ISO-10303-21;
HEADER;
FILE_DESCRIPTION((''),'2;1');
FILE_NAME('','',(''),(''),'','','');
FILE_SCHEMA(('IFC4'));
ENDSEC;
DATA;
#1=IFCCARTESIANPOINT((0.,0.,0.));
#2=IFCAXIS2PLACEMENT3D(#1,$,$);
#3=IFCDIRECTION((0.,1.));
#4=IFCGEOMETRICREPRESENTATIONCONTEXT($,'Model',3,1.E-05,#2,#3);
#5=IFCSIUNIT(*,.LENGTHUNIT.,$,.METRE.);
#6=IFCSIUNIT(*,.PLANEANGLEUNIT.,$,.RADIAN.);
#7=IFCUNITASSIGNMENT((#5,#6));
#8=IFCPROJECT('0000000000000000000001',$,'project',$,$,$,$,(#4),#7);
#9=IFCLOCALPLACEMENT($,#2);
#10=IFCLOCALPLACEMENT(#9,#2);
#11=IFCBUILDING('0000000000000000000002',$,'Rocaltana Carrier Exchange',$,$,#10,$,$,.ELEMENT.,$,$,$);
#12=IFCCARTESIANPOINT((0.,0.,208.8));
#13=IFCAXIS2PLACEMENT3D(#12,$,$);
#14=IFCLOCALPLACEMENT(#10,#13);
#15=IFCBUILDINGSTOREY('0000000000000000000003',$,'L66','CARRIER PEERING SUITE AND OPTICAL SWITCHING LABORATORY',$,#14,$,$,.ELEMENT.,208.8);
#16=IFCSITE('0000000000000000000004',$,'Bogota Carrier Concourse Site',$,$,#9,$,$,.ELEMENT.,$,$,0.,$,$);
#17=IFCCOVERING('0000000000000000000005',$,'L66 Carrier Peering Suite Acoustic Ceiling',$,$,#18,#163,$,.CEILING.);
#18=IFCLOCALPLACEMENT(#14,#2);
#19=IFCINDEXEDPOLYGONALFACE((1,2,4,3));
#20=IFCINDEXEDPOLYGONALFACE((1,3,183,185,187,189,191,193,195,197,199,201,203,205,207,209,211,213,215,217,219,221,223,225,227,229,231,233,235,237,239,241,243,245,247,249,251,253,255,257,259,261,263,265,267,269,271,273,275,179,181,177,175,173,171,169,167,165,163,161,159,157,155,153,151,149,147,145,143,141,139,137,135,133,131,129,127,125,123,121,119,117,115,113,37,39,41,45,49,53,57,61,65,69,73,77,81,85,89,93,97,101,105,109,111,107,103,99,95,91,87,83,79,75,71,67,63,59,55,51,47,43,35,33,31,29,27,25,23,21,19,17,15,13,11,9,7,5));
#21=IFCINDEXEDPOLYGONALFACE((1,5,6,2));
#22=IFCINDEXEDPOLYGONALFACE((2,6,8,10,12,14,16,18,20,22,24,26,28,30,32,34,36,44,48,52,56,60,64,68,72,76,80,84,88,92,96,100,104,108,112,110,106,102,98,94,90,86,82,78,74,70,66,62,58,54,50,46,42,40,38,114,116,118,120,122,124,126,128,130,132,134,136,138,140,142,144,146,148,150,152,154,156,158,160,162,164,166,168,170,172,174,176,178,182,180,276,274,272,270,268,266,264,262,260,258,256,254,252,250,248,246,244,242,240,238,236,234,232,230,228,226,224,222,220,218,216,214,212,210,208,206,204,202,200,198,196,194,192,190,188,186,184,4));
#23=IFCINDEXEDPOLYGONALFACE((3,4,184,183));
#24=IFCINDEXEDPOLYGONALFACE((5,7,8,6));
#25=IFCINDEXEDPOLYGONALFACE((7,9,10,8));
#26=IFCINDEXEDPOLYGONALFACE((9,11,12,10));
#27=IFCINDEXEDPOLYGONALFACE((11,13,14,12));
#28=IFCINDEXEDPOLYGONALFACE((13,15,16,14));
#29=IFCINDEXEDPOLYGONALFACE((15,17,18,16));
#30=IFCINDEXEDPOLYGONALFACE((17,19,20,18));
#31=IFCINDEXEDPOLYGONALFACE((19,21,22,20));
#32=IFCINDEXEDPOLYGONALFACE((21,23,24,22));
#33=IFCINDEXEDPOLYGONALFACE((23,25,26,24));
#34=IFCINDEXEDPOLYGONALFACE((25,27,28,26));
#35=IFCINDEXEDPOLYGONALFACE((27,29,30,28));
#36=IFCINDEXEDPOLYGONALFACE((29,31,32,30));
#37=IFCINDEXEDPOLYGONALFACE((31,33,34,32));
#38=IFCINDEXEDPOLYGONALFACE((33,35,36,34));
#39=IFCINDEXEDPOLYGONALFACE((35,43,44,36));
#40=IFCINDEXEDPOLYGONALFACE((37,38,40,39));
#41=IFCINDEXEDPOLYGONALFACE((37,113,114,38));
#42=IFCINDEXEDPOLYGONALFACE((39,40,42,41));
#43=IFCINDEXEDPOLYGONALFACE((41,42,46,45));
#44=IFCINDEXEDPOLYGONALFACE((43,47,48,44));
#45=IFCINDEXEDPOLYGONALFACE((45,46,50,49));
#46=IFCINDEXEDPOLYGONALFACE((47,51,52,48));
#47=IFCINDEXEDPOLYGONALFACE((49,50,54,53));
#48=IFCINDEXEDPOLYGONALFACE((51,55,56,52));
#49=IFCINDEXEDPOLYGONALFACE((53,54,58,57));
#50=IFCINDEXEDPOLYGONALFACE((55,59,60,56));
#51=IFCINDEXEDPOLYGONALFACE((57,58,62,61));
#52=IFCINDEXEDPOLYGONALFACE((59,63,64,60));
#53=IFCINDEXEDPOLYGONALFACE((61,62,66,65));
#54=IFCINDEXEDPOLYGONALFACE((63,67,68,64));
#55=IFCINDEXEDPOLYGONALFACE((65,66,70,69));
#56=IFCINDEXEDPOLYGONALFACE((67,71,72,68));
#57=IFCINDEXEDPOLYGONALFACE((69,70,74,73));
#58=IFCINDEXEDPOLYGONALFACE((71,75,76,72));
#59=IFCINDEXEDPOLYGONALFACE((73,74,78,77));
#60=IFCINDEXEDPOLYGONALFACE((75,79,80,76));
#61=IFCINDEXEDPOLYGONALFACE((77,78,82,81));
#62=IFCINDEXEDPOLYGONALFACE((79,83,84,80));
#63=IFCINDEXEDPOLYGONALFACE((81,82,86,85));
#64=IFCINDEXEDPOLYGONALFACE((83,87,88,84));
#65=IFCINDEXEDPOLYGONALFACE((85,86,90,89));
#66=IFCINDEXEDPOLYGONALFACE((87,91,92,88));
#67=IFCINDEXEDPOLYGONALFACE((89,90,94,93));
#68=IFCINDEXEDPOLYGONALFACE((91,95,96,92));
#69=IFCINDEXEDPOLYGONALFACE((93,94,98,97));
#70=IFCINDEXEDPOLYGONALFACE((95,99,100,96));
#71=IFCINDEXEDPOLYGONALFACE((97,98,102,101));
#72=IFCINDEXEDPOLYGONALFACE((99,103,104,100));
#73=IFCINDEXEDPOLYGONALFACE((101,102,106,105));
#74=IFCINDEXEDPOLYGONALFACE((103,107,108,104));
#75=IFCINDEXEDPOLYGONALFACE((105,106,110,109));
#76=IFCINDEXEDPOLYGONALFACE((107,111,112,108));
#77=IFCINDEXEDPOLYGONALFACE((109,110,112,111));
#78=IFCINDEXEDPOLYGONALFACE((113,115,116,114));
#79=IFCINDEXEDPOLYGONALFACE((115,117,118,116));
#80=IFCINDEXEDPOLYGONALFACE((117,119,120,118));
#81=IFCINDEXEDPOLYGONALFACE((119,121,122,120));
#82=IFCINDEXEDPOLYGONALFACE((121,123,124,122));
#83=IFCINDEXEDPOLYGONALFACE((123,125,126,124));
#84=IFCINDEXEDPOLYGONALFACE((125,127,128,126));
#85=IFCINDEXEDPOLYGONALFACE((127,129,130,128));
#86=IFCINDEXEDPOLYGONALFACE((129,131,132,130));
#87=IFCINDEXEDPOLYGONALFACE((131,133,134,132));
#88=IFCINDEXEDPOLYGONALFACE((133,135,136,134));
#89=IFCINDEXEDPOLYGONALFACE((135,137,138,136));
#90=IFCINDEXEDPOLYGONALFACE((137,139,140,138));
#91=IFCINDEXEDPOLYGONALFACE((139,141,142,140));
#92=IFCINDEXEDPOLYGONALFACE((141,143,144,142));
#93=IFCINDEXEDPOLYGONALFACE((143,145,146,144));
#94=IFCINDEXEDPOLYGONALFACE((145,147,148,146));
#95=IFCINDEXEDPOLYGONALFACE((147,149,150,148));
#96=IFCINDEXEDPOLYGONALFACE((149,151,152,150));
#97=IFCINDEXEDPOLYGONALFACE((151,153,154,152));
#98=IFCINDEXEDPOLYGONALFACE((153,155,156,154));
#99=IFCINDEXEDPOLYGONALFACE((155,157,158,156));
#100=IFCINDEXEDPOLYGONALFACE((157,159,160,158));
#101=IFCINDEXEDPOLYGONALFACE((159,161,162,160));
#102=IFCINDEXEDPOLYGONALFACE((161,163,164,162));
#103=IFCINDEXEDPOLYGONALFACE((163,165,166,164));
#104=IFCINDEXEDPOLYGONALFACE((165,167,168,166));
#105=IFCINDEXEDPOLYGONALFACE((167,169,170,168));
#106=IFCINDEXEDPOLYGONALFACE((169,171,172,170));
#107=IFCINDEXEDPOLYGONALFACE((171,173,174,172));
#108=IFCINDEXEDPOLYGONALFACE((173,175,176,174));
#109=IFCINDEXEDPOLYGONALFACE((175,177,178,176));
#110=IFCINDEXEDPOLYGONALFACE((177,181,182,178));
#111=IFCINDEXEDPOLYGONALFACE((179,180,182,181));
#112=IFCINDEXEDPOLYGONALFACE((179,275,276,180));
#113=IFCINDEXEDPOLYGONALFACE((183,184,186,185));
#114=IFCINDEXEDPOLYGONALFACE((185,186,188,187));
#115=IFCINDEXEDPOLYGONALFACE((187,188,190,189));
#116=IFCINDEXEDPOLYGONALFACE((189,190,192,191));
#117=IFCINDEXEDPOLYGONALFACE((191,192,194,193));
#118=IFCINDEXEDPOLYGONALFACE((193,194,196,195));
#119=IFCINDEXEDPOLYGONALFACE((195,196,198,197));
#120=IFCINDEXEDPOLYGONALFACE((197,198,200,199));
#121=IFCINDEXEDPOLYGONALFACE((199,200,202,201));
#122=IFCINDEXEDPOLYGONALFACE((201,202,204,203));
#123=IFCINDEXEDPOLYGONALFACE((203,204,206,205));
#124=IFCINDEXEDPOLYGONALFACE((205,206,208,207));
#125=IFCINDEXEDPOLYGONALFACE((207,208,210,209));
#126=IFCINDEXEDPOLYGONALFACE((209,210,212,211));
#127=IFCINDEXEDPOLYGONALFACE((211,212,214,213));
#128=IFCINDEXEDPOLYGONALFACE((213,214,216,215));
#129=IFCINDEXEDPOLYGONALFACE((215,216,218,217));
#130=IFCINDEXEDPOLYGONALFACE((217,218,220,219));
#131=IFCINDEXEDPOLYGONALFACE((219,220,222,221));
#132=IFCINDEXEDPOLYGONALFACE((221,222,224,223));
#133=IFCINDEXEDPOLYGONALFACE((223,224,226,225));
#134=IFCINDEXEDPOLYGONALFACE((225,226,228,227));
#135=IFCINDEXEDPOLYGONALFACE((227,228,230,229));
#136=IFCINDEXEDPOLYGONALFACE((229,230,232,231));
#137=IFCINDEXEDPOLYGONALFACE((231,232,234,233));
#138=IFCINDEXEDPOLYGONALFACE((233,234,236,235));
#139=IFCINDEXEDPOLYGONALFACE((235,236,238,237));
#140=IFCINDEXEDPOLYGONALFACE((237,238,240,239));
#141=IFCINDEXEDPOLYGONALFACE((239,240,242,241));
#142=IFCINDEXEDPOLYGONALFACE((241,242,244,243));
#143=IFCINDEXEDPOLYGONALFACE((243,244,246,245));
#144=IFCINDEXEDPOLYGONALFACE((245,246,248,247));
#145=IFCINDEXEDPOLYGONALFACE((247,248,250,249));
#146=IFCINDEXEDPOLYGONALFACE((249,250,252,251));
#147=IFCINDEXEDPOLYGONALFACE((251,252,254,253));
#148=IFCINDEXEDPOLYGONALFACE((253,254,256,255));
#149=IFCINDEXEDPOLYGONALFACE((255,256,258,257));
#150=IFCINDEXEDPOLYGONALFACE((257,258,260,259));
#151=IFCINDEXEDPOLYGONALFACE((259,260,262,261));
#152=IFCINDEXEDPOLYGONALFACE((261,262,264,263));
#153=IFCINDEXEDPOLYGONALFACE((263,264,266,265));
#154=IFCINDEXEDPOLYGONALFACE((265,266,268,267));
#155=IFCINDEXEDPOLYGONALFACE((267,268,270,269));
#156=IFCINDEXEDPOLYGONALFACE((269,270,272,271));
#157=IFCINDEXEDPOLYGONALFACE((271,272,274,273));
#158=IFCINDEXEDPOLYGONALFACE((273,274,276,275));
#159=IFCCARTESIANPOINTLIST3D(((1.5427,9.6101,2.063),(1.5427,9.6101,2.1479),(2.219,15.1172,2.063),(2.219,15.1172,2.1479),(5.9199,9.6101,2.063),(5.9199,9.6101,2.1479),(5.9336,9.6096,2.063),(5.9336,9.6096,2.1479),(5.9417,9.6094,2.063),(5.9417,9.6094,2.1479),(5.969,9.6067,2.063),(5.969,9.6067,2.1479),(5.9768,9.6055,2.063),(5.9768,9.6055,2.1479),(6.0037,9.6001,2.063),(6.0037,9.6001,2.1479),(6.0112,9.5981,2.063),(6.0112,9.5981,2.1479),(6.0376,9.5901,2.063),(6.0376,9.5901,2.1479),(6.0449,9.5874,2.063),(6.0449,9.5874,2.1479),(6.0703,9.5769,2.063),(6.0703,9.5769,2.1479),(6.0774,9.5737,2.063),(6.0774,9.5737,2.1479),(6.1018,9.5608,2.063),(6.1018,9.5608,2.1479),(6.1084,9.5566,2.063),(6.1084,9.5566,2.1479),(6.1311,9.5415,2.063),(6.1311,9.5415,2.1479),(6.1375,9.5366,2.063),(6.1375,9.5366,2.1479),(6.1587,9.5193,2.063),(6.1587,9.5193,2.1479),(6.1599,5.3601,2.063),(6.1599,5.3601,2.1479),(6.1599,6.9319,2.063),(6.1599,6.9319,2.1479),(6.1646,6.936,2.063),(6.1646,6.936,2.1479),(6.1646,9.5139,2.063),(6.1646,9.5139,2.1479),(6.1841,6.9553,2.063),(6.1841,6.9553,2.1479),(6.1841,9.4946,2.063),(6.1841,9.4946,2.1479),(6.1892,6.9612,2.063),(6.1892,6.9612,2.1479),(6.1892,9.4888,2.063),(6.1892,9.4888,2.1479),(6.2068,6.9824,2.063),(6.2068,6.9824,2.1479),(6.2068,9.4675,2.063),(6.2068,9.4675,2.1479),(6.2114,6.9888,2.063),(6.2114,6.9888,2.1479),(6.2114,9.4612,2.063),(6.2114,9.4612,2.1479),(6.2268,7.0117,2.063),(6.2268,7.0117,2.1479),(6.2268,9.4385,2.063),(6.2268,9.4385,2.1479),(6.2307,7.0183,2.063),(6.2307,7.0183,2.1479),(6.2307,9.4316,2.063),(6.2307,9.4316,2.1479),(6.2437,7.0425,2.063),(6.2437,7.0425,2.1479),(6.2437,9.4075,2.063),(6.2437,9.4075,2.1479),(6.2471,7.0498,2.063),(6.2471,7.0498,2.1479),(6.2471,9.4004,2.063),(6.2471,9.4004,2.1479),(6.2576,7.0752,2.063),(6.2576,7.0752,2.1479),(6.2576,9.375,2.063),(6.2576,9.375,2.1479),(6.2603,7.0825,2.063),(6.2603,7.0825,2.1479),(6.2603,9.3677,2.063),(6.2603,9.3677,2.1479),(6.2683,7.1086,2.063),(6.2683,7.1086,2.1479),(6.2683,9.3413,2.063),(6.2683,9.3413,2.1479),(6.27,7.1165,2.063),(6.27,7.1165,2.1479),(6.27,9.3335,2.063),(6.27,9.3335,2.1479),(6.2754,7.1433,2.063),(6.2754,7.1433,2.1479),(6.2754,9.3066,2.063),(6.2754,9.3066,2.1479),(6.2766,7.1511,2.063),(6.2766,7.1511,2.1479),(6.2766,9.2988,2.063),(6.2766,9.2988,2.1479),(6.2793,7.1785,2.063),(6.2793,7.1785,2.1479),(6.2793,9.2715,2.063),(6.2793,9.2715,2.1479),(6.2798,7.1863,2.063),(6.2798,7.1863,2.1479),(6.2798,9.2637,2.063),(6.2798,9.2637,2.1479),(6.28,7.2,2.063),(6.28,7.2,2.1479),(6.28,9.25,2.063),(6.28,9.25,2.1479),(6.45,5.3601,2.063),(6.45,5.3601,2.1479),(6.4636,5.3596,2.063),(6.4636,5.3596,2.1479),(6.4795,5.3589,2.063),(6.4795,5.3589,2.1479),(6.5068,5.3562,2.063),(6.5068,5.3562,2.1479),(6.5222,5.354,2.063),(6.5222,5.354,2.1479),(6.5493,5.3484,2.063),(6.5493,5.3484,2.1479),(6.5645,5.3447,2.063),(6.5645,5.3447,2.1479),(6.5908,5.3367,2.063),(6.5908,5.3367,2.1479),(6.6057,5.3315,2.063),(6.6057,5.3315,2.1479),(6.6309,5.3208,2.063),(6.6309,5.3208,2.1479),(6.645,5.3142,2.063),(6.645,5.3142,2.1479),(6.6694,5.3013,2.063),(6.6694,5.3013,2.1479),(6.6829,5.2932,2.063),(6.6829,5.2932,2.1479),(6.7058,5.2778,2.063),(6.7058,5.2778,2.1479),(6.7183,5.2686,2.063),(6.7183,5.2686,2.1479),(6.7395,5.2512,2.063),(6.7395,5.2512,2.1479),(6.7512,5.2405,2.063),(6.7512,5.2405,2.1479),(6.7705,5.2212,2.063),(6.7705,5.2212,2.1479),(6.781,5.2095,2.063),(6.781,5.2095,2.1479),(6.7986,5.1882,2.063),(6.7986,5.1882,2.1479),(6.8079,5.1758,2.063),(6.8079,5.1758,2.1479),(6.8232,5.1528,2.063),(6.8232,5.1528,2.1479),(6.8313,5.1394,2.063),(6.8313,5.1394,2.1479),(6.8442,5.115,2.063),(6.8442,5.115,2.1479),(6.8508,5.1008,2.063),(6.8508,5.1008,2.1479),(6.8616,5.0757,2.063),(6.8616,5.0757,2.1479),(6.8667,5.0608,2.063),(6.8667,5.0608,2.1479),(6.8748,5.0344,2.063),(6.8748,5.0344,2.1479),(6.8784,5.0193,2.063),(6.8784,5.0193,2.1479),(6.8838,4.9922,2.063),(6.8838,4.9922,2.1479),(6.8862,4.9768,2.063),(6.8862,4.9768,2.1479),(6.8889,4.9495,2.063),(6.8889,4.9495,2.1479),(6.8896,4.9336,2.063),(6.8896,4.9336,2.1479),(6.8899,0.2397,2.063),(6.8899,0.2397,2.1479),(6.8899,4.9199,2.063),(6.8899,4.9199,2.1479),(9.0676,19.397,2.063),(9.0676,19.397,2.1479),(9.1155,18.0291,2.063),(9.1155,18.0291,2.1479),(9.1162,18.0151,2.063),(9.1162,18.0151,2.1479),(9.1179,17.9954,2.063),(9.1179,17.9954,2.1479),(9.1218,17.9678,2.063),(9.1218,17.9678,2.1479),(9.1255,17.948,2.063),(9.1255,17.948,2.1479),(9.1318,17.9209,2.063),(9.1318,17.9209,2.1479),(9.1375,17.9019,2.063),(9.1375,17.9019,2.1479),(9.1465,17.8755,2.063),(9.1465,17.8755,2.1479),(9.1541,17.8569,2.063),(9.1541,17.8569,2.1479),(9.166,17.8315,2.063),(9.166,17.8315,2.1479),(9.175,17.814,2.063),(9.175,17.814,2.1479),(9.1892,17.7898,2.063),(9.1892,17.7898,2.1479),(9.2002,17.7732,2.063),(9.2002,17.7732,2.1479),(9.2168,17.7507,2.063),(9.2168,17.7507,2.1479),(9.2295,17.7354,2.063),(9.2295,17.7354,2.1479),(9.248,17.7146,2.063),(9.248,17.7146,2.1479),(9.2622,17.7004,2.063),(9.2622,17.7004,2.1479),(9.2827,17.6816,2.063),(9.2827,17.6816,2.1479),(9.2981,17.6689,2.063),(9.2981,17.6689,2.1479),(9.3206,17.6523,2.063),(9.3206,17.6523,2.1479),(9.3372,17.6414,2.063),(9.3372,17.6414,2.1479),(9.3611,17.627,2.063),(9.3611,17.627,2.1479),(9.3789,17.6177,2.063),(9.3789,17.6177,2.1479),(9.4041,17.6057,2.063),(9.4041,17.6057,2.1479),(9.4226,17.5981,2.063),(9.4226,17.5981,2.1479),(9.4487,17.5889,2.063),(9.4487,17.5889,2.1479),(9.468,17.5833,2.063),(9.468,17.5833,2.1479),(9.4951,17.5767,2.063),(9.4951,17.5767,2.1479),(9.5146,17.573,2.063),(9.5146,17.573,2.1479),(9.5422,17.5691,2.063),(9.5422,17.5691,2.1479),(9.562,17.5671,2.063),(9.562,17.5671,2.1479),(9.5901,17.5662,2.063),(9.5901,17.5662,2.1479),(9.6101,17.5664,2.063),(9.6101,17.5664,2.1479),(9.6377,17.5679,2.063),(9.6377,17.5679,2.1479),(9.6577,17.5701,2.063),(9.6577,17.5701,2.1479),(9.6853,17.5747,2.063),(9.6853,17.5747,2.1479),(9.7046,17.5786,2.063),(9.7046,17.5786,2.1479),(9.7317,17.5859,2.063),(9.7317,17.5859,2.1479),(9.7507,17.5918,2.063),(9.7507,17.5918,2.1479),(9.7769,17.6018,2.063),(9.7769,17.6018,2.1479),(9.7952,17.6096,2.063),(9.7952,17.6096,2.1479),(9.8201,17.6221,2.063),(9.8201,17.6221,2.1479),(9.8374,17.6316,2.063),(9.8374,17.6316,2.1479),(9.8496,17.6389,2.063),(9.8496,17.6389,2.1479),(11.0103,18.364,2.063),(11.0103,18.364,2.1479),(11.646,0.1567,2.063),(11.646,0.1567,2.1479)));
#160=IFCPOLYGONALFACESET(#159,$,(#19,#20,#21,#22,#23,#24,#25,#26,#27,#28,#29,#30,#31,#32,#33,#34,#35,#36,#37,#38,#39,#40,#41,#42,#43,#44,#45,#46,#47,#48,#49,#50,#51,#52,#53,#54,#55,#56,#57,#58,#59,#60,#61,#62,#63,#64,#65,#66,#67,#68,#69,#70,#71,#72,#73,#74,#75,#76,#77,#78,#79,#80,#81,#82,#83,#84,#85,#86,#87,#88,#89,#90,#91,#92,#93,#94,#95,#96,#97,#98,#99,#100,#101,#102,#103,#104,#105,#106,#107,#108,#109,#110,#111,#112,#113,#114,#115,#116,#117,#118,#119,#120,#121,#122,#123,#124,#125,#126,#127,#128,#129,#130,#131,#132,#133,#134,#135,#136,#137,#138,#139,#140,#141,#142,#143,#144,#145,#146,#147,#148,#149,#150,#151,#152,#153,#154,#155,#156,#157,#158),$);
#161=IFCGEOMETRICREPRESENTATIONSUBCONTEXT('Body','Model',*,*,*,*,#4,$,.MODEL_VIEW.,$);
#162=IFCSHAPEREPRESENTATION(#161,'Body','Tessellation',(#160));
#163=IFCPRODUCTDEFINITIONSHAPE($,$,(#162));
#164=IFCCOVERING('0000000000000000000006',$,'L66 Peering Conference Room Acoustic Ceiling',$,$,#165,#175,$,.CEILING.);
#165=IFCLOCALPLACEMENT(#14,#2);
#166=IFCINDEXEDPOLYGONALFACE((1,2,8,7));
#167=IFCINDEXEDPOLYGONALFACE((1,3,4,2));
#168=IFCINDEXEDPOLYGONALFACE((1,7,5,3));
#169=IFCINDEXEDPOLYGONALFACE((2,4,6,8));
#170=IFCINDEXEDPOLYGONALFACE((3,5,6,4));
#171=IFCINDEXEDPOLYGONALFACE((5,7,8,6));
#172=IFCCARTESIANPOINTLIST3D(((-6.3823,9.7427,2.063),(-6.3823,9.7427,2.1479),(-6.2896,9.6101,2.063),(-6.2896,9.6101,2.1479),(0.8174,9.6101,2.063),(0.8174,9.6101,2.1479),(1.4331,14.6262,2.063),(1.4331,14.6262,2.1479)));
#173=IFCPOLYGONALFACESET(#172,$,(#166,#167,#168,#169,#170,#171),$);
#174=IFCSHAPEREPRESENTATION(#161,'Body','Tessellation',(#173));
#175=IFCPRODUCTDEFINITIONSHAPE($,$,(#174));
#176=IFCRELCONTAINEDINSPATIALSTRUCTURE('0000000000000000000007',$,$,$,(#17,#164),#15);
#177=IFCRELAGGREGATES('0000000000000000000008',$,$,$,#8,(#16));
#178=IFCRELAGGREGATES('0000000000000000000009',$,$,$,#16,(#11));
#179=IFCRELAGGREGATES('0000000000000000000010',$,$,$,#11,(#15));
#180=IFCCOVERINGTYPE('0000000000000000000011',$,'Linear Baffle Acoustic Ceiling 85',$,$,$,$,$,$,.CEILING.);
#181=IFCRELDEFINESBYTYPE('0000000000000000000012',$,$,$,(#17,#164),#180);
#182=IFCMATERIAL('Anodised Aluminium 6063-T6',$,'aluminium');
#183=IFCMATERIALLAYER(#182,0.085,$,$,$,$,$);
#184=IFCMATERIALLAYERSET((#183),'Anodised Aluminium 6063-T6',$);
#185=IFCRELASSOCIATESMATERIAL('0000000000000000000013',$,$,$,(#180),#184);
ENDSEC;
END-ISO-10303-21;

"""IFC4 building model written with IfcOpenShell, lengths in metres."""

from ifc_helpers import new_model, si_unit, direction, frame, origin, place, context, subcontext, project, spatial, polyline, outline, extrude, material, layer, layer_set, type_object, element, save


model = new_model("IFC4")

# Units and contexts
model_context = context("Model", 3, precision=1e-05, world=origin(), true_north=direction((0.0, 1.0)))
body_context = subcontext(model_context, "Body", "Model", "MODEL_VIEW")
ifc_project = project(units=[si_unit("LENGTHUNIT", "METRE"), si_unit("PLANEANGLEUNIT", "RADIAN")], contexts=[model_context])

# Site, building, storey
site_placement = place(None, origin())
site = spatial("IfcSite", under=ifc_project, at=site_placement, Name="Bogota Carrier Concourse Site", CompositionType="ELEMENT", RefElevation=0.0)
building_placement = place(site_placement, origin())
building = spatial("IfcBuilding", under=site, at=building_placement, Name="Rocaltana Carrier Exchange", CompositionType="ELEMENT")
storey_placement = place(building_placement, frame((0.0, 0.0, 208.8)))
storey = spatial("IfcBuildingStorey", under=building, at=storey_placement, Name="L66", Description="CARRIER PEERING SUITE AND OPTICAL SWITCHING LABORATORY", CompositionType="ELEMENT", Elevation=208.8)

# Coverings
ifc_material_1 = material(Name="Anodised Aluminium 6063-T6", Category="aluminium")
ifc_layer_1 = layer(ifc_material_1, 0.085)
ifc_layer_set_1 = layer_set([ifc_layer_1], Name="Anodised Aluminium 6063-T6")
covering_type_1 = type_object("IfcCoveringType", Name="Linear Baffle Acoustic Ceiling 85", PredefinedType="CEILING", material=ifc_layer_set_1)
covering_1_placement = place(storey_placement, frame((0.0, 0.0, 2.063)))
element("IfcCovering", 1, at=covering_1_placement, inside=storey, type_object=covering_type_1, Name="L66 Carrier Peering Suite Acoustic Ceiling", PredefinedType="CEILING", context=body_context, shape_type="SweptSolid", body=[
    extrude(outline(polyline([(6.1599, 6.9319), (6.1646, 6.936), (6.1841, 6.9553), (6.1892, 6.9612), (6.2068, 6.9824), (6.2114, 6.9888), (6.2268, 7.0117), (6.2307, 7.0183), (6.2437, 7.0425), (6.2471, 7.0498), (6.2576, 7.0752), (6.2603, 7.0825), (6.2683, 7.1086), (6.27, 7.1165), (6.2754, 7.1433), (6.2766, 7.1511), (6.2793, 7.1785), (6.2798, 7.1863), (6.28, 7.2), (6.28, 9.25), (6.2798, 9.2637), (6.2793, 9.2715), (6.2766, 9.2988), (6.2754, 9.3066), (6.27, 9.3335), (6.2683, 9.3413), (6.2603, 9.3677), (6.2576, 9.375), (6.2471, 9.4004), (6.2437, 9.4075), (6.2307, 9.4316), (6.2268, 9.4385), (6.2114, 9.4612), (6.2068, 9.4675), (6.1892, 9.4888), (6.1841, 9.4946), (6.1646, 9.5139), (6.1587, 9.5193), (6.1375, 9.5366), (6.1311, 9.5415), (6.1084, 9.5566), (6.1018, 9.5608), (6.0774, 9.5737), (6.0703, 9.5769), (6.0449, 9.5874), (6.0376, 9.5901), (6.0112, 9.5981), (6.0037, 9.6001), (5.9768, 9.6055), (5.969, 9.6067), (5.9417, 9.6094), (5.9336, 9.6096), (5.9199, 9.6101), (1.5427, 9.6101), (2.219, 15.1172), (9.0676, 19.397), (9.1155, 18.0291), (9.1162, 18.0151), (9.1179, 17.9954), (9.1218, 17.9678), (9.1255, 17.948), (9.1318, 17.9209), (9.1375, 17.9019), (9.1465, 17.8755), (9.1541, 17.8569), (9.166, 17.8315), (9.175, 17.814), (9.1892, 17.7898), (9.2002, 17.7732), (9.2168, 17.7507), (9.2295, 17.7354), (9.248, 17.7146), (9.2622, 17.7004), (9.2827, 17.6816), (9.2981, 17.6689), (9.3206, 17.6523), (9.3372, 17.6414), (9.3611, 17.627), (9.3789, 17.6177), (9.4041, 17.6057), (9.4226, 17.5981), (9.4487, 17.5889), (9.468, 17.5833), (9.4951, 17.5767), (9.5146, 17.573), (9.5422, 17.5691), (9.562, 17.5671), (9.5901, 17.5662), (9.6101, 17.5664), (9.6377, 17.5679), (9.6577, 17.5701), (9.6853, 17.5747), (9.7046, 17.5786), (9.7317, 17.5859), (9.7507, 17.5918), (9.7769, 17.6018), (9.7952, 17.6096), (9.8201, 17.6221), (9.8374, 17.6316), (9.8496, 17.6389), (11.0103, 18.364), (11.646, 0.1567), (6.8899, 0.2397), (6.8899, 4.9199), (6.8896, 4.9336), (6.8889, 4.9495), (6.8862, 4.9768), (6.8838, 4.9922), (6.8784, 5.0193), (6.8748, 5.0344), (6.8667, 5.0608), (6.8616, 5.0757), (6.8508, 5.1008), (6.8442, 5.115), (6.8313, 5.1394), (6.8232, 5.1528), (6.8079, 5.1758), (6.7986, 5.1882), (6.781, 5.2095), (6.7705, 5.2212), (6.7512, 5.2405), (6.7395, 5.2512), (6.7183, 5.2686), (6.7058, 5.2778), (6.6829, 5.2932), (6.6694, 5.3013), (6.645, 5.3142), (6.6309, 5.3208), (6.6057, 5.3315), (6.5908, 5.3367), (6.5645, 5.3447), (6.5493, 5.3484), (6.5222, 5.354), (6.5068, 5.3562), (6.4795, 5.3589), (6.4636, 5.3596), (6.45, 5.3601), (6.1599, 5.3601), (6.1599, 6.9319)])), origin(), (0.0, 0.0, 1.0), 0.085),
])
covering_2_placement = place(storey_placement, frame((0.0, 0.0, 2.063)))
element("IfcCovering", 2, at=covering_2_placement, inside=storey, type_object=covering_type_1, Name="L66 Peering Conference Room Acoustic Ceiling", PredefinedType="CEILING", context=body_context, shape_type="SweptSolid", body=[
    extrude(outline(polyline([(1.4331, 14.6262), (0.8174, 9.6101), (-6.2896, 9.6101), (-6.3823, 9.7427), (1.4331, 14.6262)])), origin(), (0.0, 0.0, 1.0), 0.085),
])

save(model, "model.ifc")
